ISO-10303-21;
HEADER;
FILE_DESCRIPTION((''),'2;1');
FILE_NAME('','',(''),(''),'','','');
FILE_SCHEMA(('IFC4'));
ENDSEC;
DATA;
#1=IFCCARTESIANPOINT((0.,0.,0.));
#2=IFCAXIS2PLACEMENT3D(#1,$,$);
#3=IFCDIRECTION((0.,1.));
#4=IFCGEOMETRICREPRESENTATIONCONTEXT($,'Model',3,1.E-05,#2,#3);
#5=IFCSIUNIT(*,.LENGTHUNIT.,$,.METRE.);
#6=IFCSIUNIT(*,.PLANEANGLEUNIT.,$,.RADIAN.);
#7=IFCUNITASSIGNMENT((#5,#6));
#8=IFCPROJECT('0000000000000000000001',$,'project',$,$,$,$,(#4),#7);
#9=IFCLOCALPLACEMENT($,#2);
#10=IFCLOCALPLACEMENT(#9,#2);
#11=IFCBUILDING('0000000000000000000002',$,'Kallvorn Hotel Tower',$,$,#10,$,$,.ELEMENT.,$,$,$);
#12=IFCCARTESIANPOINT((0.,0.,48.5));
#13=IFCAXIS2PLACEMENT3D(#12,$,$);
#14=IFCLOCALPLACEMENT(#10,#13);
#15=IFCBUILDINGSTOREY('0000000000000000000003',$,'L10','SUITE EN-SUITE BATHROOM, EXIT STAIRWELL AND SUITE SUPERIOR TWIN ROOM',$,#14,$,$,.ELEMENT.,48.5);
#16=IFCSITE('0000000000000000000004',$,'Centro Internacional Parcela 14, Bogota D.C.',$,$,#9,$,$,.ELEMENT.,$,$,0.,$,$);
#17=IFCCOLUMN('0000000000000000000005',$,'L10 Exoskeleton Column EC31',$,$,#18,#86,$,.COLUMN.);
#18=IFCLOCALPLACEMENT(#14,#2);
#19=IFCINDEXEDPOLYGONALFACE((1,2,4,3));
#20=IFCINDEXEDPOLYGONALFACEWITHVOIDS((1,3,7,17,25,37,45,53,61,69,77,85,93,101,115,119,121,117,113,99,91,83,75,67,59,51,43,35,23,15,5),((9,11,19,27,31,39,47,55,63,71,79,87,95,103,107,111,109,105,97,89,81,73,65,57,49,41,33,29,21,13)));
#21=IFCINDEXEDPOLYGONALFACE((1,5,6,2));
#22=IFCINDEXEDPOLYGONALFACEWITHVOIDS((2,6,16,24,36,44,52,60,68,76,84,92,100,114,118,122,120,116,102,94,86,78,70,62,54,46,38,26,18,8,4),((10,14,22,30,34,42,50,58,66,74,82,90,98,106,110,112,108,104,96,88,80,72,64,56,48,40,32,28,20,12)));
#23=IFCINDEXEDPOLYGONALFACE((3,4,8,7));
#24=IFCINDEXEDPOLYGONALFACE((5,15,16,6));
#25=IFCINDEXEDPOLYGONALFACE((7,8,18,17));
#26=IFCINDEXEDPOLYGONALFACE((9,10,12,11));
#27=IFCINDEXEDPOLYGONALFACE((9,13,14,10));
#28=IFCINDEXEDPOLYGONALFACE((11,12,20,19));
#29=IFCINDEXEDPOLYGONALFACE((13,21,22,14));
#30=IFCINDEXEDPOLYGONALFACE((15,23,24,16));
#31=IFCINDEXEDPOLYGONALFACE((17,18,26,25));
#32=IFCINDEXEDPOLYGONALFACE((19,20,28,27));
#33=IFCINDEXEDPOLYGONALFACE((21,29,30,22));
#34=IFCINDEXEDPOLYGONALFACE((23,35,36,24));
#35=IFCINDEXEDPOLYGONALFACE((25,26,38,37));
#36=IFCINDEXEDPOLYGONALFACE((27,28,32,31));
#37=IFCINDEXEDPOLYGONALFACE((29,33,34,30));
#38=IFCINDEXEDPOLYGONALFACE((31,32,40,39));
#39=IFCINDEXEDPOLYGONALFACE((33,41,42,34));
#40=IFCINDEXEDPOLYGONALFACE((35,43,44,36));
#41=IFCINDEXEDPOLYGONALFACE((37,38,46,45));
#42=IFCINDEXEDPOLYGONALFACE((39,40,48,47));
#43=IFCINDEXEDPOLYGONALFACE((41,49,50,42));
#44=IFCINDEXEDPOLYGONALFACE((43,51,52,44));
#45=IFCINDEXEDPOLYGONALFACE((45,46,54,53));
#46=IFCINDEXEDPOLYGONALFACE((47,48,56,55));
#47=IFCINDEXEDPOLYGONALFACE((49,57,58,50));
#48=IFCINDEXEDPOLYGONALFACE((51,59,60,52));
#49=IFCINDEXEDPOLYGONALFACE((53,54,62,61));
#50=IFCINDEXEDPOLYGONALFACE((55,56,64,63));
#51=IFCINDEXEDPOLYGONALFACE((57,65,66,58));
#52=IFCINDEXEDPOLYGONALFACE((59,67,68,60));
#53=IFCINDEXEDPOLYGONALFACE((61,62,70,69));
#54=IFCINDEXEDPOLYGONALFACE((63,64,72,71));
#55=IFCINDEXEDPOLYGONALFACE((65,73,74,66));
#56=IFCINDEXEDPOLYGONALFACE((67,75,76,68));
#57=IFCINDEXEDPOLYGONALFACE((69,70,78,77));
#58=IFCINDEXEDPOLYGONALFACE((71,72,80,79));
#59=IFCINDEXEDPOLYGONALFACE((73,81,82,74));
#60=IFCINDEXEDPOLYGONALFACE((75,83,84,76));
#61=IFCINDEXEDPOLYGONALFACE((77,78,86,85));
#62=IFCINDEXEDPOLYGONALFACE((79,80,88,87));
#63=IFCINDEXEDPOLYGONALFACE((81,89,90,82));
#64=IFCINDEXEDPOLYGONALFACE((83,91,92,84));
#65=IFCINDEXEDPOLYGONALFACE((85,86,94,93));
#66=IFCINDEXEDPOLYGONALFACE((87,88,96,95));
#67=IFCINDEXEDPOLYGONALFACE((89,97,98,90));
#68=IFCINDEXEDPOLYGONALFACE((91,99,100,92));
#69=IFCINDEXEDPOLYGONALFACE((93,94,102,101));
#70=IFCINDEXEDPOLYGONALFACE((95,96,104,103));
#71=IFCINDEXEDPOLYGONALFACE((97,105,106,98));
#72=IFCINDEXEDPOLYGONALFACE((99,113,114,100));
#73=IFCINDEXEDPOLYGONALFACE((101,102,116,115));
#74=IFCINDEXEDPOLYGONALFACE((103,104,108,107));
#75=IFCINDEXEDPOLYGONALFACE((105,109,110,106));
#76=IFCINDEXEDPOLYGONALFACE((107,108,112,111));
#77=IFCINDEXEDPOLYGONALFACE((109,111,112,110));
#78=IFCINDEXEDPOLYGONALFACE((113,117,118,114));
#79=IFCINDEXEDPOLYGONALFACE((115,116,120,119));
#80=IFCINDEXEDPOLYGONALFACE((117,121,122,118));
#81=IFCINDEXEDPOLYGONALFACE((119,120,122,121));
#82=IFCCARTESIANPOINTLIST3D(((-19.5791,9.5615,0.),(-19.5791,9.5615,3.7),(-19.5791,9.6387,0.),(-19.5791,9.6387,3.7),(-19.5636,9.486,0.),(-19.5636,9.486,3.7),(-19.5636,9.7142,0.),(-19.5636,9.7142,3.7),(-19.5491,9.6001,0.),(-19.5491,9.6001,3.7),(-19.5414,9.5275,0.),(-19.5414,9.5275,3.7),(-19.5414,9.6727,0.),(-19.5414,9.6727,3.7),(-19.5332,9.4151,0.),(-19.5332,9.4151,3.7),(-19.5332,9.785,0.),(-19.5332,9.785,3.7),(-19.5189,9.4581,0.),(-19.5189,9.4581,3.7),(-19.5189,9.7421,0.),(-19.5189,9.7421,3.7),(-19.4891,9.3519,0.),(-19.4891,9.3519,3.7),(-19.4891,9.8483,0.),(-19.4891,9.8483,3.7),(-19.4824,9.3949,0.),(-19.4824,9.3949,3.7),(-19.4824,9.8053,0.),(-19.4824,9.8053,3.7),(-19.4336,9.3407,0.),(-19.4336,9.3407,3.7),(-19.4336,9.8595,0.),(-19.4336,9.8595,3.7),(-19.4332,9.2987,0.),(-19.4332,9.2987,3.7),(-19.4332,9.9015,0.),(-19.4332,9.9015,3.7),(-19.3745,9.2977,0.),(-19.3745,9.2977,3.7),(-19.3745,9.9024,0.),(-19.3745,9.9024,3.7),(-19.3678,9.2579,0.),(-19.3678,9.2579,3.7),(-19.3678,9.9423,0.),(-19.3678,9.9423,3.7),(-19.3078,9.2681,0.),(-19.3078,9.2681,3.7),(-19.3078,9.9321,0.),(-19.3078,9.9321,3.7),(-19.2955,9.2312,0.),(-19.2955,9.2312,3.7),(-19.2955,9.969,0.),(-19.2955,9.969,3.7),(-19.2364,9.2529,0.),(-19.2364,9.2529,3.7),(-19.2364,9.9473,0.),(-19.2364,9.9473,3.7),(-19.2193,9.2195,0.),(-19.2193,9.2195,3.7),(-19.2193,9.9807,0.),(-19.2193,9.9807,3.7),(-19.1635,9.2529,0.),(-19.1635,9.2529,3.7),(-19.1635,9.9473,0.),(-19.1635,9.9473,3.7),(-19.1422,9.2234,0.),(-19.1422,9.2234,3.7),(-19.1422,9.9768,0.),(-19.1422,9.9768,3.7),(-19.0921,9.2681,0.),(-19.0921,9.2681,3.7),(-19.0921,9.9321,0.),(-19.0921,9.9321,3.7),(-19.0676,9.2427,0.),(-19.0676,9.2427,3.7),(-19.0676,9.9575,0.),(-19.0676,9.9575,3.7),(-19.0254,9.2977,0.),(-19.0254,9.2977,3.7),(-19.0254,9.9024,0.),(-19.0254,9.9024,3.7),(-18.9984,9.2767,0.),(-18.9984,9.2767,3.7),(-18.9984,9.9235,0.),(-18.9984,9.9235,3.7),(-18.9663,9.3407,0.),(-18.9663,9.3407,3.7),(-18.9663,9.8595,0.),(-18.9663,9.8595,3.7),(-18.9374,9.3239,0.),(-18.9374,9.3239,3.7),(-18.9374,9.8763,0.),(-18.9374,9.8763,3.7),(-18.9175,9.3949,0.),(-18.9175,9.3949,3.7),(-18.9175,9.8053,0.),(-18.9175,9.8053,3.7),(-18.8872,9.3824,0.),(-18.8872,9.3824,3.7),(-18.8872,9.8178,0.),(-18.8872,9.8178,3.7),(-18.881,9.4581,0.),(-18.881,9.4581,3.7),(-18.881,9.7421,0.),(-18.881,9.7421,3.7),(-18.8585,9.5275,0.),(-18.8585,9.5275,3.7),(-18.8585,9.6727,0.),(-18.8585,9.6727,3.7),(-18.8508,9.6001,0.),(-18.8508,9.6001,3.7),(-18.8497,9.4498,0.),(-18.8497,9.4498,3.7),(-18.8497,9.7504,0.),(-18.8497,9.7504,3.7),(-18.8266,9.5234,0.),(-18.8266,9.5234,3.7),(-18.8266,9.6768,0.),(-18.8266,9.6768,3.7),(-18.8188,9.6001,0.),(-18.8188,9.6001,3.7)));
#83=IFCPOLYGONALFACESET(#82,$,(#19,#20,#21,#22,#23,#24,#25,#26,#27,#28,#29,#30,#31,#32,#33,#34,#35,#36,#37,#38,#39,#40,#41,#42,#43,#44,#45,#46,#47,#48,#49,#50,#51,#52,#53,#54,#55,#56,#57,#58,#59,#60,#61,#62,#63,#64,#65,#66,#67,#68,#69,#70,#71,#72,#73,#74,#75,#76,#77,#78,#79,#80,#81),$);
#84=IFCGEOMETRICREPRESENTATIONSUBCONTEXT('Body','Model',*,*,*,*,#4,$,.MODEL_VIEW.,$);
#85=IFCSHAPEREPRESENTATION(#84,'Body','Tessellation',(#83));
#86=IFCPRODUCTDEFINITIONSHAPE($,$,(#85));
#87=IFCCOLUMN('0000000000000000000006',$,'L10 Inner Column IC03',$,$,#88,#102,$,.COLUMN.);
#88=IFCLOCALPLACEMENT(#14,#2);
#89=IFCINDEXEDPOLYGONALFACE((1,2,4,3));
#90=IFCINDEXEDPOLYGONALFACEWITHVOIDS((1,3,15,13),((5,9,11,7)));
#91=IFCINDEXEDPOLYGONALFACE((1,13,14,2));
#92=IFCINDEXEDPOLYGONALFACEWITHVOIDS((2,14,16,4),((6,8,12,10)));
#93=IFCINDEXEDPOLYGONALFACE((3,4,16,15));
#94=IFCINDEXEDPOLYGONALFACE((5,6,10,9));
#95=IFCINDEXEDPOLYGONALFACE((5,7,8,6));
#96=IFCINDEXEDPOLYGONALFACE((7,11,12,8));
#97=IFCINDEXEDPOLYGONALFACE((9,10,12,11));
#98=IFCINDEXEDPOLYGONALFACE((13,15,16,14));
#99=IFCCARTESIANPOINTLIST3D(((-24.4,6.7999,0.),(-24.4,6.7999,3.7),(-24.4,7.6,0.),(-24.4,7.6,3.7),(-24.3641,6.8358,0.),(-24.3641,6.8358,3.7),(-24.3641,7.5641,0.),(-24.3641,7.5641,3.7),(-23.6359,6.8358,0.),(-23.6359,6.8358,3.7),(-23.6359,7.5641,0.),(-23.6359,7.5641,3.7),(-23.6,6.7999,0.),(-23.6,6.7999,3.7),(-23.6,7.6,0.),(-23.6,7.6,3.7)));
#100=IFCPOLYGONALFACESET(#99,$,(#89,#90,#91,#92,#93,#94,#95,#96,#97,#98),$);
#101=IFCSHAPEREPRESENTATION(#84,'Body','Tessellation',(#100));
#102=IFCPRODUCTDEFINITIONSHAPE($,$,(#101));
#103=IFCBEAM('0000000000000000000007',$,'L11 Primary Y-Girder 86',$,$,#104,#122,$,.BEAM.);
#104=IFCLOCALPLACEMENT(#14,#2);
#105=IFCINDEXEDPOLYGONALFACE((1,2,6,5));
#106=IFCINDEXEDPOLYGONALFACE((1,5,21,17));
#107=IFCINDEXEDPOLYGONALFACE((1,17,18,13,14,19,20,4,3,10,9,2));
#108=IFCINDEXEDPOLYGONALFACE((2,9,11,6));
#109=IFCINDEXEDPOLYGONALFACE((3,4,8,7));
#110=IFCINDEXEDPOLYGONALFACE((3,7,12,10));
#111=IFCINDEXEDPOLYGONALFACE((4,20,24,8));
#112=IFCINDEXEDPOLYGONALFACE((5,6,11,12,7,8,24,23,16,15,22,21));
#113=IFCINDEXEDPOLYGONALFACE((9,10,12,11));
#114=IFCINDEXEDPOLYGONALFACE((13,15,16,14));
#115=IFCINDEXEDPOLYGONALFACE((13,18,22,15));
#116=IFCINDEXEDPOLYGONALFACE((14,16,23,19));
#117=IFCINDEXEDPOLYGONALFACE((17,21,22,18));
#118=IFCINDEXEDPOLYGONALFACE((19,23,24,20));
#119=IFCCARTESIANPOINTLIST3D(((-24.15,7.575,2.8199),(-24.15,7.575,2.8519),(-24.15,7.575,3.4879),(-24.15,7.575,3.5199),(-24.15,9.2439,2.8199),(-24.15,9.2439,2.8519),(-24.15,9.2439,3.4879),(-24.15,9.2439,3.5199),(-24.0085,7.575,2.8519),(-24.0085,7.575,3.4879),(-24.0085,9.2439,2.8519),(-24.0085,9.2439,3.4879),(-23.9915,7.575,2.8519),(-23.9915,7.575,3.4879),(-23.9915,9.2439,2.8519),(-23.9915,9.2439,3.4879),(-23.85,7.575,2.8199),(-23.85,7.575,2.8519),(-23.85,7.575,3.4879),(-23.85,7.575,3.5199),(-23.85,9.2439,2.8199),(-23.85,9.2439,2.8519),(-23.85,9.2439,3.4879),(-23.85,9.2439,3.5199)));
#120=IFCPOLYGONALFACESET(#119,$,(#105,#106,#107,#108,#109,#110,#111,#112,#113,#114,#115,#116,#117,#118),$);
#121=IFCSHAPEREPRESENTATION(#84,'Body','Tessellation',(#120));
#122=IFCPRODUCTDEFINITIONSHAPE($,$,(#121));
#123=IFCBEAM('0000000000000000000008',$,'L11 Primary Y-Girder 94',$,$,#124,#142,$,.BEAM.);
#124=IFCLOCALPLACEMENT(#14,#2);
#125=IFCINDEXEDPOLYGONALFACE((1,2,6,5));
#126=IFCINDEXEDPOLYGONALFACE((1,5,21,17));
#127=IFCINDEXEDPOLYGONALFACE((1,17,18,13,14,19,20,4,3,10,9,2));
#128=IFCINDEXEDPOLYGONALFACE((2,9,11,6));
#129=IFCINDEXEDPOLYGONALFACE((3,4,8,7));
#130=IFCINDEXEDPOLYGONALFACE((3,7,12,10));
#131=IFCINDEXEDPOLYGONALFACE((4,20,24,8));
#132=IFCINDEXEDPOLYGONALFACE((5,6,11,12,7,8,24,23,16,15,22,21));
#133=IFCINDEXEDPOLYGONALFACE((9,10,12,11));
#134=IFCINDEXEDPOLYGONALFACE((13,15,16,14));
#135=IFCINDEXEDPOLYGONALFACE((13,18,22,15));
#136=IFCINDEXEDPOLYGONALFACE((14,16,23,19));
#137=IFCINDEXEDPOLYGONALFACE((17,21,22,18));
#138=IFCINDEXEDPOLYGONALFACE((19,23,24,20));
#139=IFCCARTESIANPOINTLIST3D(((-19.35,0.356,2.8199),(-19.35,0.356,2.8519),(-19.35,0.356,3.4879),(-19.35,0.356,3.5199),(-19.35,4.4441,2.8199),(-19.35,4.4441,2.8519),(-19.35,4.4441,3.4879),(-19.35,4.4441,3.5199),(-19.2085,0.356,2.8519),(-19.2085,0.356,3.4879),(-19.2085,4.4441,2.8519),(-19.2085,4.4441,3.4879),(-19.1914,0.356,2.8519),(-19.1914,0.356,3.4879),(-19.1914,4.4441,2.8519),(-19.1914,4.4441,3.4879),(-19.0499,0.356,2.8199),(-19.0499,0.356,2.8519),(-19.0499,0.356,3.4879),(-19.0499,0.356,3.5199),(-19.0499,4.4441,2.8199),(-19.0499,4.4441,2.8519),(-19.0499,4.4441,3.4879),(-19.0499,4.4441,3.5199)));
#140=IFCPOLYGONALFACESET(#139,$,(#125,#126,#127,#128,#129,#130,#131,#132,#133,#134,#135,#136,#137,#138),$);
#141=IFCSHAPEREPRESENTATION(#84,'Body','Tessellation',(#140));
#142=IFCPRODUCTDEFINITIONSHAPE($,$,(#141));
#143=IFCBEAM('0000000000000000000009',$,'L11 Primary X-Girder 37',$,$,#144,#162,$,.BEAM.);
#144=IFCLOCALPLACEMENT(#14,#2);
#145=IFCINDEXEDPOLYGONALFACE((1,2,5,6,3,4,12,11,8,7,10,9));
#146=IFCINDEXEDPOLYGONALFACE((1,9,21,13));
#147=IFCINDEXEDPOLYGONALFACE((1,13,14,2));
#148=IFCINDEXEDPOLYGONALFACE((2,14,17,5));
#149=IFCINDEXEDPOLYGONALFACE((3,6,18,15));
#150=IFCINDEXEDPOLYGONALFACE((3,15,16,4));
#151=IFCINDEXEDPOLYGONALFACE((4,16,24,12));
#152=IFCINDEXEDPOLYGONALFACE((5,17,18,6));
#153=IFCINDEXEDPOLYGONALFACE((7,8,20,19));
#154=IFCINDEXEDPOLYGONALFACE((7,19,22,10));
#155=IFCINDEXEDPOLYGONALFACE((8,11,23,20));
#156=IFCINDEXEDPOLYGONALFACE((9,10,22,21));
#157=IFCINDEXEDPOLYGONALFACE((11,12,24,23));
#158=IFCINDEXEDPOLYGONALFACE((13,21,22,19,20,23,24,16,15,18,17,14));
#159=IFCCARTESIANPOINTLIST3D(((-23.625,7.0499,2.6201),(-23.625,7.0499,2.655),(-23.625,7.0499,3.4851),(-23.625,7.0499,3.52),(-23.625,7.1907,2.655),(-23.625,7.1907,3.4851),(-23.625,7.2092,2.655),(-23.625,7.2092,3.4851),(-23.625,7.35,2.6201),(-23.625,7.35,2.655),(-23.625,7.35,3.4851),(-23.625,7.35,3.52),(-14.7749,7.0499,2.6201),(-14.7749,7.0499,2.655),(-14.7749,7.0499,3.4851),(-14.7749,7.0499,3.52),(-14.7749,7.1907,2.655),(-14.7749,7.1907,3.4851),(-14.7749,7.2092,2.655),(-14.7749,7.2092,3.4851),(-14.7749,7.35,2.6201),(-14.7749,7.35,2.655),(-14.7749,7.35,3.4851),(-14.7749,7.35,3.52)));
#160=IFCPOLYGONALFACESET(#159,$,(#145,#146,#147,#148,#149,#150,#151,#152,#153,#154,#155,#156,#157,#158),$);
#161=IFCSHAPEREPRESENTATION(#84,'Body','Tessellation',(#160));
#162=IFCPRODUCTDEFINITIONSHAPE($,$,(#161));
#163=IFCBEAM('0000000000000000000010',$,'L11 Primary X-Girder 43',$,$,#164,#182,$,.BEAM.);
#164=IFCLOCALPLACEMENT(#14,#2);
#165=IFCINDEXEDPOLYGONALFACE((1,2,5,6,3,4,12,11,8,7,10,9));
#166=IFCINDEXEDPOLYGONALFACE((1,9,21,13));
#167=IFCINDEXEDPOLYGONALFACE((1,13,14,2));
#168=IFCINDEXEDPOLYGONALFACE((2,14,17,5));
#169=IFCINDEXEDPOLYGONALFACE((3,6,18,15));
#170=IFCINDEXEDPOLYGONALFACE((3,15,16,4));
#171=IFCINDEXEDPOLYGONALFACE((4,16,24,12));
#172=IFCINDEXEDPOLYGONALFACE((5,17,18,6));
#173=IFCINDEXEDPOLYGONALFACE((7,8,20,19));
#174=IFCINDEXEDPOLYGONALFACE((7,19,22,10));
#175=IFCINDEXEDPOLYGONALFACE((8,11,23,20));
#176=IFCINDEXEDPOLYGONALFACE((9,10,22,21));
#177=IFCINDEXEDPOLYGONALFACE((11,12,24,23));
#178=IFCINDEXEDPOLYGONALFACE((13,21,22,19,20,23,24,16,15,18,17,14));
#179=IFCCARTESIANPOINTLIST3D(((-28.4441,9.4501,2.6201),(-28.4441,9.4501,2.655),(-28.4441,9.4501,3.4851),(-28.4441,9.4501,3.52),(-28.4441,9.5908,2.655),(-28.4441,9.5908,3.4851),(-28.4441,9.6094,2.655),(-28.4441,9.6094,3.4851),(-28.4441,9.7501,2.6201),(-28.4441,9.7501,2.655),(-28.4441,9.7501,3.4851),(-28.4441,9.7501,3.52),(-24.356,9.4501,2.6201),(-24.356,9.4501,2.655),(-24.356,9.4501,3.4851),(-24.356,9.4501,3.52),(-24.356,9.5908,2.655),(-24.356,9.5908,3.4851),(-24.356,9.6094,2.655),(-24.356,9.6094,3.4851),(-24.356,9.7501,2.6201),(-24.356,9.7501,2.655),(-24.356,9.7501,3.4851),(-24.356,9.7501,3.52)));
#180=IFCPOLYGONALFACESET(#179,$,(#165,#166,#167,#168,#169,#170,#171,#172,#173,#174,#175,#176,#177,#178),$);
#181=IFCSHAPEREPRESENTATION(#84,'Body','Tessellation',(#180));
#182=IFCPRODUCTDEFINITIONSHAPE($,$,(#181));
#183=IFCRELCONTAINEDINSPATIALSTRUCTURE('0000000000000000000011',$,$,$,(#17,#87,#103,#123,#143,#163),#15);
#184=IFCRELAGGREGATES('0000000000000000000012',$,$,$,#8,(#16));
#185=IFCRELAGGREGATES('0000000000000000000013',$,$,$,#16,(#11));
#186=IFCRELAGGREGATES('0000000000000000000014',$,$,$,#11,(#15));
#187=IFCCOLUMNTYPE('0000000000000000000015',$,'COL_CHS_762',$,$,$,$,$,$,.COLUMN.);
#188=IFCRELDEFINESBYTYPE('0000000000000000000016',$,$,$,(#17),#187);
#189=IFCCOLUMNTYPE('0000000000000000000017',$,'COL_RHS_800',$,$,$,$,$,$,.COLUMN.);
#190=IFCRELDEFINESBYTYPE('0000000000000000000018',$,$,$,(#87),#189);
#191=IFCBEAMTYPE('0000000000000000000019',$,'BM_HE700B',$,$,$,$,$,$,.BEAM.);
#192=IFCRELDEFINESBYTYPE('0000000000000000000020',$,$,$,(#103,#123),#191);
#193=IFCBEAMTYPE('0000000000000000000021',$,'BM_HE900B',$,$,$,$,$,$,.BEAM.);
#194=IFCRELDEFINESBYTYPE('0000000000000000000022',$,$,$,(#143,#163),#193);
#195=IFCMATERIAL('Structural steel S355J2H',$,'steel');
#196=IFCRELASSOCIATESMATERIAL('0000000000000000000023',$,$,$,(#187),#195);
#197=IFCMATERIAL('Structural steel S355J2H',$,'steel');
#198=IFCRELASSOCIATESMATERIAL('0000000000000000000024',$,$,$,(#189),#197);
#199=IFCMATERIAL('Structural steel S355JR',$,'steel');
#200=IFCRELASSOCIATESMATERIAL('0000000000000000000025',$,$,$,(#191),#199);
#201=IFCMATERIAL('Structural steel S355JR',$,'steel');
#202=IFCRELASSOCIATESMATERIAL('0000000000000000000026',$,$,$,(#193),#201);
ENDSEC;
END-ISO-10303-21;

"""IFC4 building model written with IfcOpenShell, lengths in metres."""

from ifc_helpers import new_model, si_unit, direction, frame, origin, origin_2d, place, context, subcontext, project, spatial, hollow_rectangle, hollow_circle, i_section, extrude, material, material_profile, profile_set, type_object, element, save


model = new_model("IFC4")

# Units and contexts
model_context = context("Model", 3, precision=1e-05, world=origin(), true_north=direction((0.0, 1.0)))
body_context = subcontext(model_context, "Body", "Model", "MODEL_VIEW")
ifc_project = project(units=[si_unit("LENGTHUNIT", "METRE"), si_unit("PLANEANGLEUNIT", "RADIAN")], contexts=[model_context])

# Site, building, storey
site_placement = place(None, origin())
site = spatial("IfcSite", under=ifc_project, at=site_placement, Name="Centro Internacional Parcela 14, Bogota D.C.", CompositionType="ELEMENT", RefElevation=0.0)
building_placement = place(site_placement, origin())
building = spatial("IfcBuilding", under=site, at=building_placement, Name="Kallvorn Hotel Tower", CompositionType="ELEMENT")
storey_placement = place(building_placement, frame((0.0, 0.0, 48.5)))
storey = spatial("IfcBuildingStorey", under=building, at=storey_placement, Name="L10", Description="SUITE EN-SUITE BATHROOM, EXIT STAIRWELL AND SUITE SUPERIOR TWIN ROOM", CompositionType="ELEMENT", Elevation=48.5)

# Columns
ifc_material_1 = material(Name="Structural steel S355J2H", Category="steel")
ifc_material_profile_1 = material_profile(ifc_material_1, hollow_circle(Radius=0.3811, WallThickness=0.032, at=origin_2d()), Name="CHS 762x32")
ifc_profile_set_1 = profile_set([ifc_material_profile_1], Name="Structural steel S355J2H")
column_type_1 = type_object("IfcColumnType", Name="COL_CHS_762", PredefinedType="COLUMN", material=ifc_profile_set_1)
for number, where, z_axis, x_axis, name in (
    (1, (-19.2, 9.6001, 0.0), (0.0, 0.0, 1.0), (1.0, 0.0, 0.0), "L10 Exoskeleton Column EC31"),
):
    element("IfcColumn", number, at=place(storey_placement, frame(where, z_axis=z_axis, x_axis=x_axis)), inside=storey, type_object=column_type_1, Name=name, PredefinedType="COLUMN", context=body_context, shape_type="SweptSolid", body=[
        extrude(hollow_circle(Radius=0.3811, WallThickness=0.032, at=origin_2d()), origin(), (0.0, 0.0, 1.0), 3.7),
    ])
ifc_material_2 = material(Name="Structural steel S355J2H", Category="steel")
ifc_material_profile_2 = material_profile(ifc_material_2, hollow_rectangle(XDim=0.8, YDim=0.8, WallThickness=0.0359, at=origin_2d()), Name="RHS 800x800x36")
ifc_profile_set_2 = profile_set([ifc_material_profile_2], Name="Structural steel S355J2H")
column_type_2 = type_object("IfcColumnType", Name="COL_RHS_800", PredefinedType="COLUMN", material=ifc_profile_set_2)
column_placement = place(storey_placement, frame((-24.0, 7.2, 0.0), z_axis=(0.0, 0.0, 1.0), x_axis=(1.0, 0.0, 0.0)))
element("IfcColumn", 2, at=column_placement, inside=storey, type_object=column_type_2, Name="L10 Inner Column IC03", PredefinedType="COLUMN", context=body_context, shape_type="SweptSolid", body=[
    extrude(hollow_rectangle(XDim=0.8, YDim=0.8, WallThickness=0.0359, at=origin_2d()), origin(), (0.0, 0.0, 1.0), 3.7),
])

# Beams
ifc_material_3 = material(Name="Structural steel S355JR", Category="steel")
ifc_material_profile_3 = material_profile(ifc_material_3, i_section(OverallWidth=0.3, OverallDepth=0.7, WebThickness=0.0171, FlangeThickness=0.032, at=origin_2d()), Name="HE 700 B")
ifc_profile_set_3 = profile_set([ifc_material_profile_3], Name="Structural steel S355JR")
beam_type_1 = type_object("IfcBeamType", Name="BM_HE700B", PredefinedType="BEAM", material=ifc_profile_set_3)
beam_1_placement = place(storey_placement, frame((-24.0, 7.575, 3.1699), z_axis=(0.0, 1.0, 0.0), x_axis=(-1.0, 0.0, 0.0)))
element("IfcBeam", 3, at=beam_1_placement, inside=storey, type_object=beam_type_1, Name="L11 Primary Y-Girder 86", PredefinedType="BEAM", context=body_context, shape_type="SweptSolid", body=[
    extrude(i_section(OverallWidth=0.3, OverallDepth=0.7, WebThickness=0.0171, FlangeThickness=0.032, at=origin_2d()), origin(), (0.0, 0.0, 1.0), 1.6689),
])
beam_2_placement = place(storey_placement, frame((-19.2, 0.356, 3.1699), z_axis=(0.0, 1.0, 0.0), x_axis=(-1.0, 0.0, 0.0)))
element("IfcBeam", 4, at=beam_2_placement, inside=storey, type_object=beam_type_1, Name="L11 Primary Y-Girder 94", PredefinedType="BEAM", context=body_context, shape_type="SweptSolid", body=[
    extrude(i_section(OverallWidth=0.3, OverallDepth=0.7, WebThickness=0.0171, FlangeThickness=0.032, at=origin_2d()), origin(), (0.0, 0.0, 1.0), 4.0881),
])
ifc_material_4 = material(Name="Structural steel S355JR", Category="steel")
ifc_material_profile_4 = material_profile(ifc_material_4, i_section(OverallWidth=0.3, OverallDepth=0.8999, WebThickness=0.0186, FlangeThickness=0.0349, at=origin_2d()), Name="HE 900 B")
ifc_profile_set_4 = profile_set([ifc_material_profile_4], Name="Structural steel S355JR")
beam_type_2 = type_object("IfcBeamType", Name="BM_HE900B", PredefinedType="BEAM", material=ifc_profile_set_4)
beam_3_placement = place(storey_placement, frame((-23.625, 7.2, 3.0701), z_axis=(1.0, 0.0, 0.0), x_axis=(0.0, 1.0, 0.0)))
element("IfcBeam", 5, at=beam_3_placement, inside=storey, type_object=beam_type_2, Name="L11 Primary X-Girder 37", PredefinedType="BEAM", context=body_context, shape_type="SweptSolid", body=[
    extrude(i_section(OverallWidth=0.3, OverallDepth=0.8999, WebThickness=0.0186, FlangeThickness=0.0349, at=origin_2d()), origin(), (0.0, 0.0, 1.0), 8.8501),
])
for number, where, z_axis, x_axis, name in (
    (6, (-28.4441, 9.6001, 3.0701), (1.0, 0.0, 0.0), (0.0, 1.0, 0.0), "L11 Primary X-Girder 43"),
):
    element("IfcBeam", number, at=place(storey_placement, frame(where, z_axis=z_axis, x_axis=x_axis)), inside=storey, type_object=beam_type_2, Name=name, PredefinedType="BEAM", context=body_context, shape_type="SweptSolid", body=[
        extrude(i_section(OverallWidth=0.3, OverallDepth=0.8999, WebThickness=0.0186, FlangeThickness=0.0349, at=origin_2d()), origin(), (0.0, 0.0, 1.0), 4.0881),
    ])

save(model, "model.ifc")
